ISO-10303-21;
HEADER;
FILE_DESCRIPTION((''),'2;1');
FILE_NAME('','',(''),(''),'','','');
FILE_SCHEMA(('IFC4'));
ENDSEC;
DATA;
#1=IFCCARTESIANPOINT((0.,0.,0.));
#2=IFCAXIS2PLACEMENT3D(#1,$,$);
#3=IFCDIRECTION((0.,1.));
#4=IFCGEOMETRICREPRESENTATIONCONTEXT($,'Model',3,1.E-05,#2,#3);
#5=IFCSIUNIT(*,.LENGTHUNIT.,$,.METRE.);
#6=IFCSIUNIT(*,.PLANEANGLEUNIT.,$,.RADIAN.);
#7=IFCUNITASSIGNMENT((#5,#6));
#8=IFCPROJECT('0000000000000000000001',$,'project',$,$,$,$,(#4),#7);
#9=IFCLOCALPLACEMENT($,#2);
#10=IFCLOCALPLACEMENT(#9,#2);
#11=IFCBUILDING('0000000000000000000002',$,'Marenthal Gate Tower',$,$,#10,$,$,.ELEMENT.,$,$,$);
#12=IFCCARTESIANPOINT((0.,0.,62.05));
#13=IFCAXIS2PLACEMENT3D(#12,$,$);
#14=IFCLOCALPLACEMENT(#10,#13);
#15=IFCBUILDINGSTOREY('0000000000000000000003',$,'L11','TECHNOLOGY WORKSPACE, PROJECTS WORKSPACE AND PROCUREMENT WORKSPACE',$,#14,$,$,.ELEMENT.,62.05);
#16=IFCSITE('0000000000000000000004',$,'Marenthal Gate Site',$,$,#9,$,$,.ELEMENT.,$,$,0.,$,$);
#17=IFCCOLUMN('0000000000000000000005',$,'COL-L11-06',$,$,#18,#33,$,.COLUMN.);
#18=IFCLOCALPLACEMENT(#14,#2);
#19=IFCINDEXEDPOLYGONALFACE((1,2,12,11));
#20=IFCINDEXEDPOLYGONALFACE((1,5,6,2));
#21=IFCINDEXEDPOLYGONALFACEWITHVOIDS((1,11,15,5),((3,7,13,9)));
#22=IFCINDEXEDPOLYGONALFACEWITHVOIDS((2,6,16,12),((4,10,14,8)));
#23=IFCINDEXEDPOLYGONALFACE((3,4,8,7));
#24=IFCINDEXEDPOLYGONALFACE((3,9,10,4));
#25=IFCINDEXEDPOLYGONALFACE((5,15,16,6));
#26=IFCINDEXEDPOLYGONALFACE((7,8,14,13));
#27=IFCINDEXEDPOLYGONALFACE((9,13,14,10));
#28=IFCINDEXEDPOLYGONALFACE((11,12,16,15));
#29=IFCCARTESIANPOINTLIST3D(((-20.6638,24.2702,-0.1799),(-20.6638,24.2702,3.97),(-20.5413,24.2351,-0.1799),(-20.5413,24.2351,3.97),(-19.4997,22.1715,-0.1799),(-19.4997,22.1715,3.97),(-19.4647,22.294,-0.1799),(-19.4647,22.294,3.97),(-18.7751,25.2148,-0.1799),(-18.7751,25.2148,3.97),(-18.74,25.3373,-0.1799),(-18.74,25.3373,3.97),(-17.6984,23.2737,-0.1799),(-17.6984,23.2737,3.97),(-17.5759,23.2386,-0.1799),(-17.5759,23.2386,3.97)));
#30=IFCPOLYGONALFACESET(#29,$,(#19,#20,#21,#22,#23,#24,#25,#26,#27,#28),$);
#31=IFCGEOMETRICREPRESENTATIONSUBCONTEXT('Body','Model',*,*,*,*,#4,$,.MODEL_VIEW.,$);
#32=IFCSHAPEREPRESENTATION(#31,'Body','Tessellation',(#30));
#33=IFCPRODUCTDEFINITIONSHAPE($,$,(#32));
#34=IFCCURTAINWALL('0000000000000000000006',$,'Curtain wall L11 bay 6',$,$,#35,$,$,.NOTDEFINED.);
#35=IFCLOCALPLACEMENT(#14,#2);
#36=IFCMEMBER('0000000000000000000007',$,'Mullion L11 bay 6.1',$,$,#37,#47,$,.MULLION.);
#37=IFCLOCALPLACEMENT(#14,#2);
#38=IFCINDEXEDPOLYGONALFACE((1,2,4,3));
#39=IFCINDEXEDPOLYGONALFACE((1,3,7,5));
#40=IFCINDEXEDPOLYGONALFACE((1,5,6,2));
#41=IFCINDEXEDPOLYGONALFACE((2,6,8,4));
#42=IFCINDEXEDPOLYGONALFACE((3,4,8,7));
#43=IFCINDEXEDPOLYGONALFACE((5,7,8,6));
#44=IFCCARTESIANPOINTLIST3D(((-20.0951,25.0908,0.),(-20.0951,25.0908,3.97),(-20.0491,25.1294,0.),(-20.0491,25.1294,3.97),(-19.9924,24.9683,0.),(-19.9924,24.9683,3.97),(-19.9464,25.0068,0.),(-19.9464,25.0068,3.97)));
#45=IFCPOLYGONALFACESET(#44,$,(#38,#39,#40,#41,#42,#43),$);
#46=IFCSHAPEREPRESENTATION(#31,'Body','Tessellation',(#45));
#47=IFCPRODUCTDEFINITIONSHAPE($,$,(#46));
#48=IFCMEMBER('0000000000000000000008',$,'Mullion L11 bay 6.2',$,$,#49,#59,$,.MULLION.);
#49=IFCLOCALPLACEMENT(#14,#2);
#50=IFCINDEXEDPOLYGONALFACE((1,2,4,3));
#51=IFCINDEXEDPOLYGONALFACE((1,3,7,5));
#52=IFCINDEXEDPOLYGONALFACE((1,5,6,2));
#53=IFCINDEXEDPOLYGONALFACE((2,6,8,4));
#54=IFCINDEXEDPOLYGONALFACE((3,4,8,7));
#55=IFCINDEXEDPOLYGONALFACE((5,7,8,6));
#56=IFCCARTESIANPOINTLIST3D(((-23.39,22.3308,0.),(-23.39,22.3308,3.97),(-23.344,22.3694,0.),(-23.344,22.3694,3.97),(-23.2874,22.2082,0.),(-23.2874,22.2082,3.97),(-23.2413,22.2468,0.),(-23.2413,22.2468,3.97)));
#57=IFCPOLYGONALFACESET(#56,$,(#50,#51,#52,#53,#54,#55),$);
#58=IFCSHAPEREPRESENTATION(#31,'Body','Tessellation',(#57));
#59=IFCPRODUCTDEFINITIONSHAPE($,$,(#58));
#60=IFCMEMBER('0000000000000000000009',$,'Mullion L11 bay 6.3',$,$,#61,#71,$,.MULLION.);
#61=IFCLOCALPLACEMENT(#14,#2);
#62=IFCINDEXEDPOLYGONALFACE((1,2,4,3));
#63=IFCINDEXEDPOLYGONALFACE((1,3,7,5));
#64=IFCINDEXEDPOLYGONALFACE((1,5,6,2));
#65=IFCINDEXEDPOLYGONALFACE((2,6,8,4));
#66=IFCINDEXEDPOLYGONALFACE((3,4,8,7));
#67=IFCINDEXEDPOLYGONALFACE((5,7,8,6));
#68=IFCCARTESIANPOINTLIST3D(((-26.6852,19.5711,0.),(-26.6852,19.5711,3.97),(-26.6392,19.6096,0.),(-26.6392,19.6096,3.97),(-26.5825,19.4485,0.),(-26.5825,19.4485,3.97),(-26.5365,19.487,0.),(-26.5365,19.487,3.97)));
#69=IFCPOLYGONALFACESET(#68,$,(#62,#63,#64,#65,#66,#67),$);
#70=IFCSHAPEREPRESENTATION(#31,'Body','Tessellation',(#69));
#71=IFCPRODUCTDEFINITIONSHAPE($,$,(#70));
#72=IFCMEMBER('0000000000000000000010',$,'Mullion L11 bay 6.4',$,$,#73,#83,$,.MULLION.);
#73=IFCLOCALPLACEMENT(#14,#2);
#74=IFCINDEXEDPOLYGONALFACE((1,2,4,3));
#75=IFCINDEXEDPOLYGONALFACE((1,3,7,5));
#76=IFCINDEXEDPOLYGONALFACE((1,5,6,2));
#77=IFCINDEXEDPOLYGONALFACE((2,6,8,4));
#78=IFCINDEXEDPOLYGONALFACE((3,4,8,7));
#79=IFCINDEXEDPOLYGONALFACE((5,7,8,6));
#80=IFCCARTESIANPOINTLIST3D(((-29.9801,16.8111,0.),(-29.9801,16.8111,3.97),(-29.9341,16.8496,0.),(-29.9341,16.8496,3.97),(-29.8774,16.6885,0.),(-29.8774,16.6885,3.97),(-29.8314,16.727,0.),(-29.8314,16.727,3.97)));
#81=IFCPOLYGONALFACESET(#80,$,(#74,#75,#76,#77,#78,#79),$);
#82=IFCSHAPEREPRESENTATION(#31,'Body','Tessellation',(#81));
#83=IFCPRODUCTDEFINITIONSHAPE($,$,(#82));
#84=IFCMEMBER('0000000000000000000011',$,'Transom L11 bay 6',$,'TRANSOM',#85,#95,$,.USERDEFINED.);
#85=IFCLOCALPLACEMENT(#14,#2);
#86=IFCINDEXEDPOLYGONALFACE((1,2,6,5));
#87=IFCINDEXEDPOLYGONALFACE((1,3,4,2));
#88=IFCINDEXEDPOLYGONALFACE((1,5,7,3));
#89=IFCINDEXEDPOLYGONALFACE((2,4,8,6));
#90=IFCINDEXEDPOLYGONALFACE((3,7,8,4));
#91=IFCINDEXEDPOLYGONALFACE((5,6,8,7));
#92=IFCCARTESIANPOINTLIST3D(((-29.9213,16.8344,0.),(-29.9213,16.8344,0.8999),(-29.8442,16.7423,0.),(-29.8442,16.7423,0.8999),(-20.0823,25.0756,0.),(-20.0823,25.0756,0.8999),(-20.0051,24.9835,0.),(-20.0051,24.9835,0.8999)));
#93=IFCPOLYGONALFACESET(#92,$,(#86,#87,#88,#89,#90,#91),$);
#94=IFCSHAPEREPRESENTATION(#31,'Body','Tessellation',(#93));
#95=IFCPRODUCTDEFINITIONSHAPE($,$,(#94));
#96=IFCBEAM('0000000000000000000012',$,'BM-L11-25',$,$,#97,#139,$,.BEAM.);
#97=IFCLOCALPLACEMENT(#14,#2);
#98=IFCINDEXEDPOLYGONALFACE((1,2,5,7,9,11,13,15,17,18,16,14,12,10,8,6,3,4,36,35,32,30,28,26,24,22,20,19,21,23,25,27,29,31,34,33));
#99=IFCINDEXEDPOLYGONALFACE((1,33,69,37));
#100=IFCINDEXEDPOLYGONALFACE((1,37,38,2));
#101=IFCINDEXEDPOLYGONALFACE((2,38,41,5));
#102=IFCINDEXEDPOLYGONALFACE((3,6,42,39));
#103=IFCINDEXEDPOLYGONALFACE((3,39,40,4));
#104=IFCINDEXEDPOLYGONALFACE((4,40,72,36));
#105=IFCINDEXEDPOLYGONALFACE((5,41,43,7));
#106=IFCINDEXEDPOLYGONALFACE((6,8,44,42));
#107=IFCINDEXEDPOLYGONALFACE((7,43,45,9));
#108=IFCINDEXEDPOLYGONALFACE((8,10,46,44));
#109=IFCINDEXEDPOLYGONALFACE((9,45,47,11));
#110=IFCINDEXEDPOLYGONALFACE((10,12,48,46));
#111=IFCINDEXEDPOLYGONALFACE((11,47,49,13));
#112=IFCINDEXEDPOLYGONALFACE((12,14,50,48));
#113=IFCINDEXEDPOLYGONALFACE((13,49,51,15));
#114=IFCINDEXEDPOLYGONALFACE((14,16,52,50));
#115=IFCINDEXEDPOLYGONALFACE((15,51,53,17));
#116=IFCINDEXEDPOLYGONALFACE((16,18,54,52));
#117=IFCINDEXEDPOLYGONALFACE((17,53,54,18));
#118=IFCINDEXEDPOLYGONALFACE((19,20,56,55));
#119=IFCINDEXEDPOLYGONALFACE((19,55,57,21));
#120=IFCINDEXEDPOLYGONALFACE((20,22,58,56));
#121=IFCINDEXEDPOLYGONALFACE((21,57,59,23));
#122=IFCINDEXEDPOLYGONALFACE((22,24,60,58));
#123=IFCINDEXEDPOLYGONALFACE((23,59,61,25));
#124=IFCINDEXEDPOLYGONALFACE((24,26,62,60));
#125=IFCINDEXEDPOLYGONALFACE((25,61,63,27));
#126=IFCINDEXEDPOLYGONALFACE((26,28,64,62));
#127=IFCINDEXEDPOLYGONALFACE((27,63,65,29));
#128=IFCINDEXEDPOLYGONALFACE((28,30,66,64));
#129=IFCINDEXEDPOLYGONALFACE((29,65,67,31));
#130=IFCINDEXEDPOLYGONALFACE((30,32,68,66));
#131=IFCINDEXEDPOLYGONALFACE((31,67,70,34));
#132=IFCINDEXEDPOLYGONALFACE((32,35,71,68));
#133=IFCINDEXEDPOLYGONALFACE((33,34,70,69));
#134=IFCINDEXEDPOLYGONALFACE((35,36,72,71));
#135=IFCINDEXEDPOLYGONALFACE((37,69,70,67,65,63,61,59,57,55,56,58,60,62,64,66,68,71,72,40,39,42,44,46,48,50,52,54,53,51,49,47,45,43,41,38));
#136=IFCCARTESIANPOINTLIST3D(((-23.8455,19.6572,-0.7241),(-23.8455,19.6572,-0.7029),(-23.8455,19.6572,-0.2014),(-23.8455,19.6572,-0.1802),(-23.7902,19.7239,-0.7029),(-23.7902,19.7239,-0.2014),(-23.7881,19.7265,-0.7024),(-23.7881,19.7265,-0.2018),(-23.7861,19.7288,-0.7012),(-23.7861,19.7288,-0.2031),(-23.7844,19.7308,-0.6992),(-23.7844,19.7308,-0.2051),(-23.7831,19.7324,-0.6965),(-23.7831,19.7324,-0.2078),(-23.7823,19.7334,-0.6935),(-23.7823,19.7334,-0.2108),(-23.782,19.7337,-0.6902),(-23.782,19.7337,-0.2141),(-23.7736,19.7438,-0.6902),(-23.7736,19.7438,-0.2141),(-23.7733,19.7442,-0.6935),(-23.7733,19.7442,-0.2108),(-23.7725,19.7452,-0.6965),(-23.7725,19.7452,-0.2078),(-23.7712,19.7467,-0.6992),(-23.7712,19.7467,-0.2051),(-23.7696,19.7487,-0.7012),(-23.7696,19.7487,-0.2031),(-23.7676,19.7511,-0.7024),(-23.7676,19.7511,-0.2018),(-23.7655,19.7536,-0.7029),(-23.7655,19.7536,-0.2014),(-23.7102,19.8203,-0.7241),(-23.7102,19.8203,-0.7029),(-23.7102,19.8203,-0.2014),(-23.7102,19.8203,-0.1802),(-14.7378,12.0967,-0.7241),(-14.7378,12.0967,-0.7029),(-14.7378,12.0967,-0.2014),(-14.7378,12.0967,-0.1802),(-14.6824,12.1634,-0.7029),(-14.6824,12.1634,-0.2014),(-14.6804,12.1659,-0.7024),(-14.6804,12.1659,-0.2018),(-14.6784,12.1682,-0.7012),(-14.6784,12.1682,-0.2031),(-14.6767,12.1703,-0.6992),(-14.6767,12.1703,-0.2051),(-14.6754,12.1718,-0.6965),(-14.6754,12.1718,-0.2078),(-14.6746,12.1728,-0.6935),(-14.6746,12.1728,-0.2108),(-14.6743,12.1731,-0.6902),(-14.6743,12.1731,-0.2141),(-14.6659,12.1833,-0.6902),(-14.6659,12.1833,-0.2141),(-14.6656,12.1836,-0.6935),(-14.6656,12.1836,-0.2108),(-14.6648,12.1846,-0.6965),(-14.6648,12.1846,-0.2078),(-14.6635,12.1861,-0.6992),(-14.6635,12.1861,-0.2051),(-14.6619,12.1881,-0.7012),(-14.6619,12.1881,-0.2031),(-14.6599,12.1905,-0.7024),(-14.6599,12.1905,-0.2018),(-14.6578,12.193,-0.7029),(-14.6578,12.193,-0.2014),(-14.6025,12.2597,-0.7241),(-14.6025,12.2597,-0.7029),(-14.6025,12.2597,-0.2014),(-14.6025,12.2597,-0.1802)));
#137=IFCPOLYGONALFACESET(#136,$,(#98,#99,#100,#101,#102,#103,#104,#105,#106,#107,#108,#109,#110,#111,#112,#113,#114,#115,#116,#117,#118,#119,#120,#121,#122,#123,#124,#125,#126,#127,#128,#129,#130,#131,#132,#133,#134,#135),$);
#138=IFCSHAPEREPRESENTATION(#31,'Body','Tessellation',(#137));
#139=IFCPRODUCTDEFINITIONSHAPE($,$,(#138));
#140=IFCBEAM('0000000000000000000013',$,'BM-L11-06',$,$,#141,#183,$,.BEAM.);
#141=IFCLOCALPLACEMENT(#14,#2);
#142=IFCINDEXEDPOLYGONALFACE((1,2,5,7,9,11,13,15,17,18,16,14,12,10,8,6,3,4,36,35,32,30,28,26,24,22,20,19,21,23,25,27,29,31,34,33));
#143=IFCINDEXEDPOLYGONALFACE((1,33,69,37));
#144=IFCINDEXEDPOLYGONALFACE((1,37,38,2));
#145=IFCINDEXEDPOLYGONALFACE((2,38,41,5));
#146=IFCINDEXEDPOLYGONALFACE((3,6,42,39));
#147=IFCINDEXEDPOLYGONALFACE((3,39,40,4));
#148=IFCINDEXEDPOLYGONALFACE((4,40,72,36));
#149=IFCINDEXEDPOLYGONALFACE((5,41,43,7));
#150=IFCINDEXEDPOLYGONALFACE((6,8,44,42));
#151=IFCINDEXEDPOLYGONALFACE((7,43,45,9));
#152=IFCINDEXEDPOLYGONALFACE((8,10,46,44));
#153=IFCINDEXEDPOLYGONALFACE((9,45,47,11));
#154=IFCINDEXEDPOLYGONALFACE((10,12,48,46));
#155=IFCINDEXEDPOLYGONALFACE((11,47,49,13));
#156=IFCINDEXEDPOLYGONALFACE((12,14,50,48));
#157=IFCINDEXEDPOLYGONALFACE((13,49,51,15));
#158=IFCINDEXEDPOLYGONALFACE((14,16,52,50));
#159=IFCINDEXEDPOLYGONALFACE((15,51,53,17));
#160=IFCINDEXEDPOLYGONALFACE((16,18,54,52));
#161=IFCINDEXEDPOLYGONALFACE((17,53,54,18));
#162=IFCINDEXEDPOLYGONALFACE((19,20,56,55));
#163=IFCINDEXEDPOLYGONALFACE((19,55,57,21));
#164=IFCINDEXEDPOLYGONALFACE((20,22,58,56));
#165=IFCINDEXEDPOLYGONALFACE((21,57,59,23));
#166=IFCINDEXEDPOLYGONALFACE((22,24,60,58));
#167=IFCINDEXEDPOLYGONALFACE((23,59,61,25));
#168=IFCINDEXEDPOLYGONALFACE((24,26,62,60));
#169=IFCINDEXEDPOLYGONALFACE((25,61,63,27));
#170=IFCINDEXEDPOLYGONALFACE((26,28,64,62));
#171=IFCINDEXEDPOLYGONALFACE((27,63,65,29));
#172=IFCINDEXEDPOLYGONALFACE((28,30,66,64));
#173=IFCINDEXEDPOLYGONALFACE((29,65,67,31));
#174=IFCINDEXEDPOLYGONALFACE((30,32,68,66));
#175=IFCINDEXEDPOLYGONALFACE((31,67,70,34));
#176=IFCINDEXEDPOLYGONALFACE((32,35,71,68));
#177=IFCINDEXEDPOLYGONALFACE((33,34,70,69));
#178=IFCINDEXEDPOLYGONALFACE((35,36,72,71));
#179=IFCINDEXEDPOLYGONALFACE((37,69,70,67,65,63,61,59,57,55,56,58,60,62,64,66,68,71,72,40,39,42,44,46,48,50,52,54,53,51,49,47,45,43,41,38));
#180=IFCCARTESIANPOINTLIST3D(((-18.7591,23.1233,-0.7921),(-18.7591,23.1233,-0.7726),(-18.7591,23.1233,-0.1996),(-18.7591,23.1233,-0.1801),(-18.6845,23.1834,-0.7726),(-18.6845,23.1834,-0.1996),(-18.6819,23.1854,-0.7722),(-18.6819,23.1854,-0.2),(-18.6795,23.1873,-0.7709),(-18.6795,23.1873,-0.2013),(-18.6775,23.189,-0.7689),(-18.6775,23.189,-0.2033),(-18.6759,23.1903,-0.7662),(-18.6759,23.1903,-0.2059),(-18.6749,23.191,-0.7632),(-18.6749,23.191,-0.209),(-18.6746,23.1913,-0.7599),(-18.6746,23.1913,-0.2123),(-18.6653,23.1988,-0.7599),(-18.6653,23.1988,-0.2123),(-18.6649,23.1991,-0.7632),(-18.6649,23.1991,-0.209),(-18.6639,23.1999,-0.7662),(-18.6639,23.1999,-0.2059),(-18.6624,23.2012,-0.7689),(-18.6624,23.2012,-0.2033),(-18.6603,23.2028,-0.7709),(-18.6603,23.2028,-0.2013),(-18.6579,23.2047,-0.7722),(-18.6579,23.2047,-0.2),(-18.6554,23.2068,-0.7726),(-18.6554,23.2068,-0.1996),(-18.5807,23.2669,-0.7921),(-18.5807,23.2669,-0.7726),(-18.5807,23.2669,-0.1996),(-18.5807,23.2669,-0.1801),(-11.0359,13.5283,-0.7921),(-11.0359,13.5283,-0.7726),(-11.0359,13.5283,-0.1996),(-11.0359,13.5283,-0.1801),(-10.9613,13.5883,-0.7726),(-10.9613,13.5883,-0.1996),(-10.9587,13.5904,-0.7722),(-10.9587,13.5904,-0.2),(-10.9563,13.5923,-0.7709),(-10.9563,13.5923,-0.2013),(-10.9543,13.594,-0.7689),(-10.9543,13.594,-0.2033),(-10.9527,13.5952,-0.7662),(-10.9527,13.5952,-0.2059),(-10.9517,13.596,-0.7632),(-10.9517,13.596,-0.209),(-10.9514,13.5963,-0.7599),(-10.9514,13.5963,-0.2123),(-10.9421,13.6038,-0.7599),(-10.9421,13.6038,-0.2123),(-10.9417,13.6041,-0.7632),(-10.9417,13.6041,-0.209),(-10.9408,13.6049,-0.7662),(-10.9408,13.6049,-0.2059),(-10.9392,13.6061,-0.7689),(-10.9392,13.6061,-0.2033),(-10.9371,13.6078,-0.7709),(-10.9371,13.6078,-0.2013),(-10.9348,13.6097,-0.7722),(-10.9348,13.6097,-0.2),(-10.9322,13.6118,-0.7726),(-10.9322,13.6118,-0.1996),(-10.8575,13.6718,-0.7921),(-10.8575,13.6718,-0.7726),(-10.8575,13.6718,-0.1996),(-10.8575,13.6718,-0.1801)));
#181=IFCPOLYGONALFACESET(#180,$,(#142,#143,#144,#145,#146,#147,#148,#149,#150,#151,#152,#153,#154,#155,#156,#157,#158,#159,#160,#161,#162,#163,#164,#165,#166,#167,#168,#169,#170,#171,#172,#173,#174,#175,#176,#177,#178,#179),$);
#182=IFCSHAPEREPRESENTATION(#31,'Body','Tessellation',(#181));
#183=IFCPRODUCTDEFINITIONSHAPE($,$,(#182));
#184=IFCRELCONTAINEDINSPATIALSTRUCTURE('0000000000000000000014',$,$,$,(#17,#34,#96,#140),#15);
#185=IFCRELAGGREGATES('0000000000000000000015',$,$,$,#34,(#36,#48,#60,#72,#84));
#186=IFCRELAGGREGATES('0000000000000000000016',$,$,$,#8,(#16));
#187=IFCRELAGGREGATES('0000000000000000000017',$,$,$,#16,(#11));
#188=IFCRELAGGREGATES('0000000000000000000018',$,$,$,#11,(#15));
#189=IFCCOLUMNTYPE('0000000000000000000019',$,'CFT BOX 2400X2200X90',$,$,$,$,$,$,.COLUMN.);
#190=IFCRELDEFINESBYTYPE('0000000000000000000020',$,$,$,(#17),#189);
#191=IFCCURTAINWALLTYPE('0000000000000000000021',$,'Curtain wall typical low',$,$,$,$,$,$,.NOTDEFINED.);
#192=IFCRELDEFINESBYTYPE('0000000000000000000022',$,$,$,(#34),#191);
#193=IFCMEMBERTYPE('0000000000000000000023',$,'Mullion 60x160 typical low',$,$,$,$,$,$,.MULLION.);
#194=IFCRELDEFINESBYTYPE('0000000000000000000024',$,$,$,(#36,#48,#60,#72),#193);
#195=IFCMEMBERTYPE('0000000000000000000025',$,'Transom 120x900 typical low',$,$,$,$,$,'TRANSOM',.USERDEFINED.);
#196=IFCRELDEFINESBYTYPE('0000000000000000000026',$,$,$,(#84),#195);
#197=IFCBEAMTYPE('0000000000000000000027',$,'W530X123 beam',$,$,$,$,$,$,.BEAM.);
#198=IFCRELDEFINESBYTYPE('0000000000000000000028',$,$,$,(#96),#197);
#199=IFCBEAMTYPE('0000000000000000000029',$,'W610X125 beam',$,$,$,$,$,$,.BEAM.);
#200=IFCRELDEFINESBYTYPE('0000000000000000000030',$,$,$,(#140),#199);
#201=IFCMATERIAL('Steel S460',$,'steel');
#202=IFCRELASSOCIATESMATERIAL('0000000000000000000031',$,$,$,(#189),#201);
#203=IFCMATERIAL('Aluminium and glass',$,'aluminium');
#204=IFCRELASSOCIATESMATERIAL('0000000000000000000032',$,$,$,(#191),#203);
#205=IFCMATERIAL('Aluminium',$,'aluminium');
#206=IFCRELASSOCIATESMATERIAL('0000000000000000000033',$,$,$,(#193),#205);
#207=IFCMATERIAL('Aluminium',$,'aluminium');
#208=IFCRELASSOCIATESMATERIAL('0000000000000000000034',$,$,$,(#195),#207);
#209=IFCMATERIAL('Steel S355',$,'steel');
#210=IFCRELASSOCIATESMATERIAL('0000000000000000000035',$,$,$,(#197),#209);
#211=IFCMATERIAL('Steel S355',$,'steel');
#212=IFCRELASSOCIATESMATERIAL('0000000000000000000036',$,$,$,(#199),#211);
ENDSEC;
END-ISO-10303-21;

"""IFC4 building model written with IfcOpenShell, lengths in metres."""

from ifc_helpers import new_model, si_unit, direction, frame, origin, origin_2d, place, context, subcontext, project, spatial, rectangle, hollow_rectangle, i_section, extrude, material, material_profile, profile_set, type_object, element, aggregate, save


model = new_model("IFC4")

# Units and contexts
model_context = context("Model", 3, precision=1e-05, world=origin(), true_north=direction((0.0, 1.0)))
body_context = subcontext(model_context, "Body", "Model", "MODEL_VIEW")
ifc_project = project(units=[si_unit("LENGTHUNIT", "METRE"), si_unit("PLANEANGLEUNIT", "RADIAN")], contexts=[model_context])

# Site, building, storey
site_placement = place(None, origin())
site = spatial("IfcSite", under=ifc_project, at=site_placement, Name="Marenthal Gate Site", CompositionType="ELEMENT", RefElevation=0.0)
building_placement = place(site_placement, origin())
building = spatial("IfcBuilding", under=site, at=building_placement, Name="Marenthal Gate Tower", CompositionType="ELEMENT")
storey_placement = place(building_placement, frame((0.0, 0.0, 62.05)))
storey = spatial("IfcBuildingStorey", under=building, at=storey_placement, Name="L11", Description="TECHNOLOGY WORKSPACE, PROJECTS WORKSPACE AND PROCUREMENT WORKSPACE", CompositionType="ELEMENT", Elevation=62.05)

# Column
ifc_material_1 = material(Name="Steel S460", Category="steel")
ifc_material_profile_1 = material_profile(ifc_material_1, hollow_rectangle(XDim=2.2, YDim=2.3999, WallThickness=0.0901, at=origin_2d()), Name="CFT BOX 2400X2200X90")
ifc_material_2 = material(Name="Concrete 70 MPa", Category="concrete")
ifc_material_profile_2 = material_profile(ifc_material_2, rectangle(XDim=2.02, YDim=2.22, at=origin_2d()), Name="CFT BOX 2400X2200X90 INFILL")
ifc_profile_set_1 = profile_set([ifc_material_profile_1, ifc_material_profile_2], Name="Steel S460 shell, Concrete 70 MPa infill")
column_type = type_object("IfcColumnType", Name="CFT BOX 2400X2200X90", PredefinedType="COLUMN", material=ifc_profile_set_1)
column_placement = place(storey_placement, frame((-19.1199, 23.7544, -0.1799), z_axis=(0.0, 0.0, 1.0), x_axis=(0.874483, 0.485055, 0.0)))
element("IfcColumn", 1, at=column_placement, inside=storey, type_object=column_type, Name="COL-L11-06", PredefinedType="COLUMN", context=body_context, shape_type="SweptSolid", body=[
    extrude(hollow_rectangle(XDim=2.2, YDim=2.3999, WallThickness=0.0901, at=origin_2d()), origin(), (0.0, 0.0, 1.0), 4.1499),
])

# Curtain wall, members
ifc_material_3 = material(Name="Aluminium and glass", Category="aluminium")
curtain_wall_type = type_object("IfcCurtainWallType", Name="Curtain wall typical low", PredefinedType="NOTDEFINED", material=ifc_material_3)
curtain_wall_placement = place(storey_placement, origin())
curtain_wall = element("IfcCurtainWall", 2, at=curtain_wall_placement, inside=storey, type_object=curtain_wall_type, Name="Curtain wall L11 bay 6", PredefinedType="NOTDEFINED")
ifc_material_4 = material(Name="Aluminium", Category="aluminium")
ifc_material_profile_3 = material_profile(ifc_material_4, rectangle(XDim=0.1599, YDim=0.0601, at=origin_2d()), Name="60x160 aluminium mullion")
ifc_profile_set_2 = profile_set([ifc_material_profile_3], Name="Aluminium")
member_type_1 = type_object("IfcMemberType", Name="Mullion 60x160 typical low", PredefinedType="MULLION", material=ifc_profile_set_2)
member_1_placement = place(storey_placement, frame((-20.0208, 25.0488, 0.0), z_axis=(0.0, 0.0, 1.0), x_axis=(0.642112, -0.766611, 0.0)))
member_1 = element("IfcMember", 3, at=member_1_placement, type_object=member_type_1, Name="Mullion L11 bay 6.1", PredefinedType="MULLION", context=body_context, shape_type="SweptSolid", body=[
    extrude(rectangle(XDim=0.1599, YDim=0.0601, at=origin_2d()), origin(), (0.0, 0.0, 1.0), 3.97),
])
member_2_placement = place(storey_placement, frame((-23.3157, 22.2888, 0.0), z_axis=(0.0, 0.0, 1.0), x_axis=(0.642112, -0.766611, 0.0)))
member_2 = element("IfcMember", 4, at=member_2_placement, type_object=member_type_1, Name="Mullion L11 bay 6.2", PredefinedType="MULLION", context=body_context, shape_type="SweptSolid", body=[
    extrude(rectangle(XDim=0.1599, YDim=0.0601, at=origin_2d()), origin(), (0.0, 0.0, 1.0), 3.97),
])
member_3_placement = place(storey_placement, frame((-26.6108, 19.5291, 0.0), z_axis=(0.0, 0.0, 1.0), x_axis=(0.642112, -0.766611, 0.0)))
member_3 = element("IfcMember", 5, at=member_3_placement, type_object=member_type_1, Name="Mullion L11 bay 6.3", PredefinedType="MULLION", context=body_context, shape_type="SweptSolid", body=[
    extrude(rectangle(XDim=0.1599, YDim=0.0601, at=origin_2d()), origin(), (0.0, 0.0, 1.0), 3.97),
])
member_4_placement = place(storey_placement, frame((-29.9058, 16.769, 0.0), z_axis=(0.0, 0.0, 1.0), x_axis=(0.642112, -0.766611, 0.0)))
member_4 = element("IfcMember", 6, at=member_4_placement, type_object=member_type_1, Name="Mullion L11 bay 6.4", PredefinedType="MULLION", context=body_context, shape_type="SweptSolid", body=[
    extrude(rectangle(XDim=0.1599, YDim=0.0601, at=origin_2d()), origin(), (0.0, 0.0, 1.0), 3.97),
])
ifc_material_5 = material(Name="Aluminium", Category="aluminium")
ifc_material_profile_4 = material_profile(ifc_material_5, rectangle(XDim=0.1201, YDim=0.8999, at=origin_2d()), Name="120x900 aluminium transom")
ifc_profile_set_3 = profile_set([ifc_material_profile_4], Name="Aluminium")
member_type_2 = type_object("IfcMemberType", Name="Transom 120x900 typical low", ElementType="TRANSOM", PredefinedType="USERDEFINED", material=ifc_profile_set_3)
member_5_placement = place(storey_placement, frame((-20.0437, 25.0295, 0.45), z_axis=(-0.766611, -0.642111, 0.0), x_axis=(0.642111, -0.766611, 0.0)))
member_5 = element("IfcMember", 7, at=member_5_placement, type_object=member_type_2, Name="Transom L11 bay 6", ObjectType="TRANSOM", PredefinedType="USERDEFINED", context=body_context, shape_type="SweptSolid", body=[
    extrude(rectangle(XDim=0.1201, YDim=0.8999, at=origin_2d()), origin(), (0.0, 0.0, 1.0), 12.8345),
])

# Beams
ifc_material_6 = material(Name="Steel S355", Category="steel")
ifc_material_profile_5 = material_profile(ifc_material_6, i_section(OverallWidth=0.2119, OverallDepth=0.5439, WebThickness=0.0132, FlangeThickness=0.0212, FilletRadius=0.0127, at=origin_2d()), Name="W530X123")
ifc_profile_set_4 = profile_set([ifc_material_profile_5], Name="Steel S355")
beam_type_1 = type_object("IfcBeamType", Name="W530X123 beam", PredefinedType="BEAM", material=ifc_profile_set_4)
beam_1_placement = place(storey_placement, frame((-23.7778, 19.7388, -0.4521), z_axis=(0.769432, -0.638729, 0.0), x_axis=(0.638729, 0.769432, 0.0)))
element("IfcBeam", 8, at=beam_1_placement, inside=storey, type_object=beam_type_1, Name="BM-L11-25", PredefinedType="BEAM", context=body_context, shape_type="SweptSolid", body=[
    extrude(i_section(OverallWidth=0.2119, OverallDepth=0.5439, WebThickness=0.0132, FlangeThickness=0.0212, FilletRadius=0.0127, at=origin_2d()), origin(), (0.0, 0.0, 1.0), 11.8369),
])
ifc_material_7 = material(Name="Steel S355", Category="steel")
ifc_material_profile_6 = material_profile(ifc_material_7, i_section(OverallWidth=0.229, OverallDepth=0.6121, WebThickness=0.012, FlangeThickness=0.0195, FilletRadius=0.0127, at=origin_2d()), Name="W610X125")
ifc_profile_set_5 = profile_set([ifc_material_profile_6], Name="Steel S355")
beam_type_2 = type_object("IfcBeamType", Name="W610X125 beam", PredefinedType="BEAM", material=ifc_profile_set_5)
beam_2_placement = place(storey_placement, frame((-18.6699, 23.1951, -0.4861), z_axis=(0.627027, -0.778997, 0.0), x_axis=(0.778997, 0.627027, 0.0)))
element("IfcBeam", 9, at=beam_2_placement, inside=storey, type_object=beam_type_2, Name="BM-L11-06", PredefinedType="BEAM", context=body_context, shape_type="SweptSolid", body=[
    extrude(i_section(OverallWidth=0.229, OverallDepth=0.6121, WebThickness=0.012, FlangeThickness=0.0195, FilletRadius=0.0127, at=origin_2d()), origin(), (0.0, 0.0, 1.0), 12.3171),
])

aggregate(curtain_wall, [member_1, member_2, member_3, member_4, member_5])

save(model, "model.ifc")
